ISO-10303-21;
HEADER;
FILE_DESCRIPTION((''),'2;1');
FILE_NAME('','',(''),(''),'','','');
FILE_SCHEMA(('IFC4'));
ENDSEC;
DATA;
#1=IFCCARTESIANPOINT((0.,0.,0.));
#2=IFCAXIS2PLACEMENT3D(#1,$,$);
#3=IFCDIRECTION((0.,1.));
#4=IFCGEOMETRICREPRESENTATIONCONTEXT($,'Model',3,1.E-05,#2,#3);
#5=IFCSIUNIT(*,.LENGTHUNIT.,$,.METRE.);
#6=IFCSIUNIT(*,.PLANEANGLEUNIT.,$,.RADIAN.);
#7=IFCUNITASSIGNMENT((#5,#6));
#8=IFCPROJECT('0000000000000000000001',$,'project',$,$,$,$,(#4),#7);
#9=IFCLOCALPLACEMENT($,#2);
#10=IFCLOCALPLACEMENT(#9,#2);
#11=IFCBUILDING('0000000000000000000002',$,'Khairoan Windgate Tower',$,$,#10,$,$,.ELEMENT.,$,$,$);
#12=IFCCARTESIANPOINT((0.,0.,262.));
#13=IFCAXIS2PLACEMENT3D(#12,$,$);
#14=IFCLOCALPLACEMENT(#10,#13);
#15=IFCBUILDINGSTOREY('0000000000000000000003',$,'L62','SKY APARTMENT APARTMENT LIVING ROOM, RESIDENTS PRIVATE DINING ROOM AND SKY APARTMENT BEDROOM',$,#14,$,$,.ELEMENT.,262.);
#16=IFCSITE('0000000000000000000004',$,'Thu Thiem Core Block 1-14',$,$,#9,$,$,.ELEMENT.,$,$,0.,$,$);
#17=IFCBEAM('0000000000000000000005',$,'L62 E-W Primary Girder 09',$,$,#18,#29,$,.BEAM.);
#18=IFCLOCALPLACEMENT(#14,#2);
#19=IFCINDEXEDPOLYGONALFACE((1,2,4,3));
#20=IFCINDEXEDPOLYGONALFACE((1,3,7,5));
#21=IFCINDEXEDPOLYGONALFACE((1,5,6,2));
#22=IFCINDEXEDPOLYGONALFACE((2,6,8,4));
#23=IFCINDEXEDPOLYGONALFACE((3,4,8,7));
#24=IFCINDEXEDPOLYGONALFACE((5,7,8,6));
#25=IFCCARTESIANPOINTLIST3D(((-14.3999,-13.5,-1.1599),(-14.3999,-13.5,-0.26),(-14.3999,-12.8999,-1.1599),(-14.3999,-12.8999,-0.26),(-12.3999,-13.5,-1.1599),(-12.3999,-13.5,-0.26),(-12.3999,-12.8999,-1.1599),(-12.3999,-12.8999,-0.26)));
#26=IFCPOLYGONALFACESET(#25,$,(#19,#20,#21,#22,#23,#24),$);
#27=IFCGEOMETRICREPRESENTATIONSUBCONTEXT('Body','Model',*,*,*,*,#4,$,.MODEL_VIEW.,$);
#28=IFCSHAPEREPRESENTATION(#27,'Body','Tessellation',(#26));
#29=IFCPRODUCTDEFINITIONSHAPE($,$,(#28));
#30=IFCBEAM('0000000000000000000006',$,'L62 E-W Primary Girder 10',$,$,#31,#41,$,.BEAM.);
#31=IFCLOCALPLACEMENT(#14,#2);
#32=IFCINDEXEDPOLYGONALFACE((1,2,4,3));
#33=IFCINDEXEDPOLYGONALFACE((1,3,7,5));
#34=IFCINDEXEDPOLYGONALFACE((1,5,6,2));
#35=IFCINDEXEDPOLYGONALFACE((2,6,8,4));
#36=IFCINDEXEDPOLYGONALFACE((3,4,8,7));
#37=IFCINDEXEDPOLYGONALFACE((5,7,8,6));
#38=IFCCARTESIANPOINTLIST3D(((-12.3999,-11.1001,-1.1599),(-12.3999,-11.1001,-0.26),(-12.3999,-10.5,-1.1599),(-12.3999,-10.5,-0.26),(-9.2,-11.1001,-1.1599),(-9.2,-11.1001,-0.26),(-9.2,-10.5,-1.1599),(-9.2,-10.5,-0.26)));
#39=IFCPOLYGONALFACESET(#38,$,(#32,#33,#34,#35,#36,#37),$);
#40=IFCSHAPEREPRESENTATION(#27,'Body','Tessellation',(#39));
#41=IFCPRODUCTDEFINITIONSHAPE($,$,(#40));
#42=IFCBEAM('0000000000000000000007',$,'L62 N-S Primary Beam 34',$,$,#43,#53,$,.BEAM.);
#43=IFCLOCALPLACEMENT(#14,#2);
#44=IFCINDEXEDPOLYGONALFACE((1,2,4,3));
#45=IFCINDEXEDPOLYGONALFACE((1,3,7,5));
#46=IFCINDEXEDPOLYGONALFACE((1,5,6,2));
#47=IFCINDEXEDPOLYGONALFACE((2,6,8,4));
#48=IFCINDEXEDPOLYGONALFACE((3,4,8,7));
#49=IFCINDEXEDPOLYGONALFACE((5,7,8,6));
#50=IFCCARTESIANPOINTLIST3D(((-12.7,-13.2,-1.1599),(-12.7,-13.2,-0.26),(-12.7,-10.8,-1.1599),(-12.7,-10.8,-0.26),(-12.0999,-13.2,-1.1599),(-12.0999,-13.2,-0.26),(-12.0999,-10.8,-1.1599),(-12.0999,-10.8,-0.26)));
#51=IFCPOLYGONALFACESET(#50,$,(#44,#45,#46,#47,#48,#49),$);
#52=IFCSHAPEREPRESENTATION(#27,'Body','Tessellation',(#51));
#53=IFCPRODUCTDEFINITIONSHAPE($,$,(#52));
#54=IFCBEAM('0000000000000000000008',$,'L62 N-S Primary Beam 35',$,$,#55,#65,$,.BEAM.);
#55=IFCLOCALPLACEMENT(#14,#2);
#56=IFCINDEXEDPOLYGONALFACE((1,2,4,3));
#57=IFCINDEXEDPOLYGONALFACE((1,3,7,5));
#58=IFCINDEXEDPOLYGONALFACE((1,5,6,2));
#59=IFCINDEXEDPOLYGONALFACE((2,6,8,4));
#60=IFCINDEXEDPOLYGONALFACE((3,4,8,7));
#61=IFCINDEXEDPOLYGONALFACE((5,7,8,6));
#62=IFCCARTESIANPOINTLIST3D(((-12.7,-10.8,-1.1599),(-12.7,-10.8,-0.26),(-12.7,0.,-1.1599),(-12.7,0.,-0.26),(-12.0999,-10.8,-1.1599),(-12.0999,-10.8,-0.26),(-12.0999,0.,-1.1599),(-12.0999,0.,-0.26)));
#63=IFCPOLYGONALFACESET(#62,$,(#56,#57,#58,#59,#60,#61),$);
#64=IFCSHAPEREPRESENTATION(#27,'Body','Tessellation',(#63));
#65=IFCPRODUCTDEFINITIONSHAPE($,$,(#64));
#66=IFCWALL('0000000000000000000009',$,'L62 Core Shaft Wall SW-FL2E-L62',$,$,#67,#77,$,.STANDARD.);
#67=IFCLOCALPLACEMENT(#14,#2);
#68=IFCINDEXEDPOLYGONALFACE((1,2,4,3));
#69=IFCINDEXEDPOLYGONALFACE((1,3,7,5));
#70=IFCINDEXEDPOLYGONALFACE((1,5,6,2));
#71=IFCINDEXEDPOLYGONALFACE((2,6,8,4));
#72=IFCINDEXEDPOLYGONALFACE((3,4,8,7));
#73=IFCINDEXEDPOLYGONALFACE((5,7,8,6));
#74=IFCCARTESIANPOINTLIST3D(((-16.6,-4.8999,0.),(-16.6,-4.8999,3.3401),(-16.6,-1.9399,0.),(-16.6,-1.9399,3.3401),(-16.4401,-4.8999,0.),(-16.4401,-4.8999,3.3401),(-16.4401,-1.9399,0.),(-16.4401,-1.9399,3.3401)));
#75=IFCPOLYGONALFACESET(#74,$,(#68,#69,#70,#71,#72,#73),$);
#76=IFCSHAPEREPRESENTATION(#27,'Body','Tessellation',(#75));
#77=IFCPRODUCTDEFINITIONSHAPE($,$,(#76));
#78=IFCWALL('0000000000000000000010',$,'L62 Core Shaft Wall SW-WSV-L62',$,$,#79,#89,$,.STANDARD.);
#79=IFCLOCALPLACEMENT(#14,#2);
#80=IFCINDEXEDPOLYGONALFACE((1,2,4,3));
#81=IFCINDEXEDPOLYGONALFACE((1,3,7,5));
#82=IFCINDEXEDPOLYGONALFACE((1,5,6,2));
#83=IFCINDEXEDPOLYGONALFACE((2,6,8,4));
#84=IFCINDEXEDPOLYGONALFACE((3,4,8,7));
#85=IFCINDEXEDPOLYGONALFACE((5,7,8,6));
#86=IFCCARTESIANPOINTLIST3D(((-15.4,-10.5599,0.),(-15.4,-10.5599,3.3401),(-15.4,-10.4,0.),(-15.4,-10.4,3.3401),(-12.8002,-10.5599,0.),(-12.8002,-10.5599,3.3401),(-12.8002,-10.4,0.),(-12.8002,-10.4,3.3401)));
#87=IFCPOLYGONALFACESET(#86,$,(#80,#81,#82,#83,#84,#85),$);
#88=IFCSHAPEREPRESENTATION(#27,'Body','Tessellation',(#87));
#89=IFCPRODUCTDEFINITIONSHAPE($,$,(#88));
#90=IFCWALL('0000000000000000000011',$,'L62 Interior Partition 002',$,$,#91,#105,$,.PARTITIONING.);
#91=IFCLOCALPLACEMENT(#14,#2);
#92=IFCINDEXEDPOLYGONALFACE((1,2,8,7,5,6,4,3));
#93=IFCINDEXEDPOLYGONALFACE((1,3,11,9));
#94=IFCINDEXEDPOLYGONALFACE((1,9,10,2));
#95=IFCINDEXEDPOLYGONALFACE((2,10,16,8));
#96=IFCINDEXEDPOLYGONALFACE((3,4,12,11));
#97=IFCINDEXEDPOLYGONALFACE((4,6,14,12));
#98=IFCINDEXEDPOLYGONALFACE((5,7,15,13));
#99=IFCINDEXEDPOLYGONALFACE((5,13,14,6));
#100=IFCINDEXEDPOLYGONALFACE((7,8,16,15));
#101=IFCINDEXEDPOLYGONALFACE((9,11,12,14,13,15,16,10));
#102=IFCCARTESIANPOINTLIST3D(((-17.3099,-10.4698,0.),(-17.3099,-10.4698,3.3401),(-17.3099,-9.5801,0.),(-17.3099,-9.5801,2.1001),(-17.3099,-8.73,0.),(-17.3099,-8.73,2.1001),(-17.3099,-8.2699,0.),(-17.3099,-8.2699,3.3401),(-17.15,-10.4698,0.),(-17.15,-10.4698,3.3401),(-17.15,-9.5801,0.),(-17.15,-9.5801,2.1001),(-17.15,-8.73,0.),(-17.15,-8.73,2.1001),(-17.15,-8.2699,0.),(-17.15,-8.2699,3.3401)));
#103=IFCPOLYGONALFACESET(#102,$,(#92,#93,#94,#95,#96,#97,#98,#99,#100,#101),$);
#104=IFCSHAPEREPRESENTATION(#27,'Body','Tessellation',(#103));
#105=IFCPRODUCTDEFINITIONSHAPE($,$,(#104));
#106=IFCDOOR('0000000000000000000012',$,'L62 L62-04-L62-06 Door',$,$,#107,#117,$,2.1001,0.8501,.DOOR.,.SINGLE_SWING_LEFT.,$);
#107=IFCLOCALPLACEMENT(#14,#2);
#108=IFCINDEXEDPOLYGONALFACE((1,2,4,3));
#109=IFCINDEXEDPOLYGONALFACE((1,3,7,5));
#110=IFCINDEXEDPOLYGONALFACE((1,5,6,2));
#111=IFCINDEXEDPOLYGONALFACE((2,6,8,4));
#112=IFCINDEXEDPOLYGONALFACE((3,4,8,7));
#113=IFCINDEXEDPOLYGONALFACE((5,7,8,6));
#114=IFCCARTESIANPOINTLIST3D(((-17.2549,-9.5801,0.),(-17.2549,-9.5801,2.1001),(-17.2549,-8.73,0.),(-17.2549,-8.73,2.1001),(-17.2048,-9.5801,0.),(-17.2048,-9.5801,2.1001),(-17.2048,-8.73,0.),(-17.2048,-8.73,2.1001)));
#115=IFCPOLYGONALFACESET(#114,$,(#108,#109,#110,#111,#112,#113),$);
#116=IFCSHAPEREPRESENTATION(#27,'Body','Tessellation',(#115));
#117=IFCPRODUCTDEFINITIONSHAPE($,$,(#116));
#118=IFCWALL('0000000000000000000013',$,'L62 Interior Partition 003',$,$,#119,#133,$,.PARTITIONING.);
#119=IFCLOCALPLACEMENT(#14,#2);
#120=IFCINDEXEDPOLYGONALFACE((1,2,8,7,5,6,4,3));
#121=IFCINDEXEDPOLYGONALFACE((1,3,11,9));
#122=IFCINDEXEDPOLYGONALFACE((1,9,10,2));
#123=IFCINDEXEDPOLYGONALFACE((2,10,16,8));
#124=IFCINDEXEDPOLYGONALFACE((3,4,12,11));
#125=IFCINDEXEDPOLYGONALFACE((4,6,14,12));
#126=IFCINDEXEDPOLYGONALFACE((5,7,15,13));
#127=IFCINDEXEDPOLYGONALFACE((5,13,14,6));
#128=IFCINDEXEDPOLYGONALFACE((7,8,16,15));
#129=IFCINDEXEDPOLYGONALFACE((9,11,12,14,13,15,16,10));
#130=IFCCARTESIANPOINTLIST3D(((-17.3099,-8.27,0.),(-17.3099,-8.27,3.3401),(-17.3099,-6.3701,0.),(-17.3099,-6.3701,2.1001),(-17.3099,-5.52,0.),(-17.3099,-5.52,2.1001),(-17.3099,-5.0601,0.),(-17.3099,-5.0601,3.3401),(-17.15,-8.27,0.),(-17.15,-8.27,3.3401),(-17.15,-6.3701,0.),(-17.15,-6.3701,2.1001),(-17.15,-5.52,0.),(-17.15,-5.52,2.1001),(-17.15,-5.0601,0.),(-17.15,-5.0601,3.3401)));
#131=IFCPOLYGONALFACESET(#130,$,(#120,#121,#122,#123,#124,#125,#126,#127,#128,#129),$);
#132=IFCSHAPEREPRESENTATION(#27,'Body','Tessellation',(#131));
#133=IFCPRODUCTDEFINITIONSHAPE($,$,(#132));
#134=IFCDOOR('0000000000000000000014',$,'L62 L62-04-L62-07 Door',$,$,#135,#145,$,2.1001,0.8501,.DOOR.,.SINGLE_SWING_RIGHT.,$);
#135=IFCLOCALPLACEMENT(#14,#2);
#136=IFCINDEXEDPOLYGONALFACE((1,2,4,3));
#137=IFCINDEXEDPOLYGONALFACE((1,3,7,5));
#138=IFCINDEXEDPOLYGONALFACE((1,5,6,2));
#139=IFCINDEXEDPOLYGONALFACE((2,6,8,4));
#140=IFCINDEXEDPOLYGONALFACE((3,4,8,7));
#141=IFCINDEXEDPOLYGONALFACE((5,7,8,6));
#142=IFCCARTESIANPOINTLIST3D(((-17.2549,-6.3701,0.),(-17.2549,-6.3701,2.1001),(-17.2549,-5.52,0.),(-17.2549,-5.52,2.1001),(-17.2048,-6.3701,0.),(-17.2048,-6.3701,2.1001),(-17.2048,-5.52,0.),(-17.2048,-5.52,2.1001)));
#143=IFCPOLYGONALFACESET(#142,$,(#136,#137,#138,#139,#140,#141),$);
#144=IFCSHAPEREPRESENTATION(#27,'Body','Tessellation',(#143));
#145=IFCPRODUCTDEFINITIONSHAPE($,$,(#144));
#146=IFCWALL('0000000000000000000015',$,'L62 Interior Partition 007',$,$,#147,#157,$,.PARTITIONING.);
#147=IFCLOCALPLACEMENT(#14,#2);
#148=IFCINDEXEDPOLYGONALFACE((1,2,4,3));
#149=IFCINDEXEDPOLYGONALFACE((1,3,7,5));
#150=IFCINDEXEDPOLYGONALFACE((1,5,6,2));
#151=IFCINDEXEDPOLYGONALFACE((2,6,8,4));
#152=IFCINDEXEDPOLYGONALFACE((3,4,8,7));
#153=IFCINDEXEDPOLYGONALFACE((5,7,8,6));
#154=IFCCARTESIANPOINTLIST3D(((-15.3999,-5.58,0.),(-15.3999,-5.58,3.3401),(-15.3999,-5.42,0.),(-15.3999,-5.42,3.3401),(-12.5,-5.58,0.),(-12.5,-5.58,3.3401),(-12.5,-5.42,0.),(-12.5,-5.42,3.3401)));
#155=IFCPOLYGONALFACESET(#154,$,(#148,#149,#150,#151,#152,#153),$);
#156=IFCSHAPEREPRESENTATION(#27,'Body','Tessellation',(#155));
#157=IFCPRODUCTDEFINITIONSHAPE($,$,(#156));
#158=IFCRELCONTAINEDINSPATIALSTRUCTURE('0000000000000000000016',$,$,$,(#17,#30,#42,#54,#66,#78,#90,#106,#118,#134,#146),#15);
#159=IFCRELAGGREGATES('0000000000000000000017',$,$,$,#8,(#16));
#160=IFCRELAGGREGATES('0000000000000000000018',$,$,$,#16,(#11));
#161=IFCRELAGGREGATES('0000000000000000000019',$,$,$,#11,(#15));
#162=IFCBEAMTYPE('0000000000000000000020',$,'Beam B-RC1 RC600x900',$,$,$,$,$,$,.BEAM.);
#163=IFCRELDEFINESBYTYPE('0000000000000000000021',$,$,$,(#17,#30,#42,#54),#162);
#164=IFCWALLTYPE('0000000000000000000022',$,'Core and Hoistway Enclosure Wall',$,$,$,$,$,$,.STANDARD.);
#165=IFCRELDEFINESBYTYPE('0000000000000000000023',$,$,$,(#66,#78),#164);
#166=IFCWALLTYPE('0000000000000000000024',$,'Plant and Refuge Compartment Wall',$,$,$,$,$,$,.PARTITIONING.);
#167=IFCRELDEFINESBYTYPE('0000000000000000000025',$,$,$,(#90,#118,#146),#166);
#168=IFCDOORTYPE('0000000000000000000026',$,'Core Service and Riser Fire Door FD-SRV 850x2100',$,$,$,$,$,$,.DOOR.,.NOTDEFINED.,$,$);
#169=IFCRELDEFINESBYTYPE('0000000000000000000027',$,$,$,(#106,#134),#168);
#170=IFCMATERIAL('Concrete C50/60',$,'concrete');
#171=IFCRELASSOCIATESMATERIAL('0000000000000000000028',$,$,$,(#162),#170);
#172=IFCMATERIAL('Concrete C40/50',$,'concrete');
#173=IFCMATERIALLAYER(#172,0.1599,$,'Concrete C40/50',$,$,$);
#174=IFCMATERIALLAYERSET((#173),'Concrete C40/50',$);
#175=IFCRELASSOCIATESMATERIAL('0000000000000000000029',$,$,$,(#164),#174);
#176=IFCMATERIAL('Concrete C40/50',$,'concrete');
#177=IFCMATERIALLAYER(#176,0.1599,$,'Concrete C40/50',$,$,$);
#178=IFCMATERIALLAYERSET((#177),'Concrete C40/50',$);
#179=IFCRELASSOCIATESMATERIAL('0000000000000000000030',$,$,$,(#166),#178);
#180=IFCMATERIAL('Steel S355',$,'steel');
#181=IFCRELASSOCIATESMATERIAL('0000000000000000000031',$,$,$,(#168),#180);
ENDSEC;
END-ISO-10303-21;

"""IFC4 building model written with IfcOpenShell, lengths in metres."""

from ifc_helpers import new_model, si_unit, direction, frame, frame_2d, origin, origin_2d, place, context, subcontext, project, spatial, rectangle, extrude, material, layer, layer_set, material_profile, profile_set, type_object, element, fill, save


model = new_model("IFC4")

# Units and contexts
model_context = context("Model", 3, precision=1e-05, world=origin(), true_north=direction((0.0, 1.0)))
body_context = subcontext(model_context, "Body", "Model", "MODEL_VIEW")
ifc_project = project(units=[si_unit("LENGTHUNIT", "METRE"), si_unit("PLANEANGLEUNIT", "RADIAN")], contexts=[model_context])

# Site, building, storey
site_placement = place(None, origin())
site = spatial("IfcSite", under=ifc_project, at=site_placement, Name="Thu Thiem Core Block 1-14", CompositionType="ELEMENT", RefElevation=0.0)
building_placement = place(site_placement, origin())
building = spatial("IfcBuilding", under=site, at=building_placement, Name="Khairoan Windgate Tower", CompositionType="ELEMENT")
storey_placement = place(building_placement, frame((0.0, 0.0, 262.0)))
storey = spatial("IfcBuildingStorey", under=building, at=storey_placement, Name="L62", Description="SKY APARTMENT APARTMENT LIVING ROOM, RESIDENTS PRIVATE DINING ROOM AND SKY APARTMENT BEDROOM", CompositionType="ELEMENT", Elevation=262.0)

# Beams
ifc_material_1 = material(Name="Concrete C50/60", Category="concrete")
ifc_material_profile = material_profile(ifc_material_1, rectangle(XDim=0.6001, YDim=0.8999, at=origin_2d()))
ifc_profile_set = profile_set([ifc_material_profile], Name="Concrete C50/60")
beam_type = type_object("IfcBeamType", Name="Beam B-RC1 RC600x900", PredefinedType="BEAM", material=ifc_profile_set)
beam_1_placement = place(storey_placement, frame((-14.3999, -13.2, -0.71), z_axis=(1.0, 0.0, 0.0), x_axis=(0.0, 1.0, 0.0)))
element("IfcBeam", 1, at=beam_1_placement, inside=storey, type_object=beam_type, Name="L62 E-W Primary Girder 09", PredefinedType="BEAM", context=body_context, shape_type="SweptSolid", body=[
    extrude(rectangle(XDim=0.6001, YDim=0.8999, at=origin_2d()), origin(), (0.0, 0.0, 1.0), 2.0),
])
beam_2_placement = place(storey_placement, frame((-12.3999, -10.8, -0.71), z_axis=(1.0, 0.0, 0.0), x_axis=(0.0, 1.0, 0.0)))
element("IfcBeam", 2, at=beam_2_placement, inside=storey, type_object=beam_type, Name="L62 E-W Primary Girder 10", PredefinedType="BEAM", context=body_context, shape_type="SweptSolid", body=[
    extrude(rectangle(XDim=0.6001, YDim=0.8999, at=origin_2d()), origin(), (0.0, 0.0, 1.0), 3.2),
])
beam_3_placement = place(storey_placement, frame((-12.3999, -13.2, -0.71), z_axis=(0.0, 1.0, 0.0), x_axis=(-1.0, 0.0, 0.0)))
element("IfcBeam", 3, at=beam_3_placement, inside=storey, type_object=beam_type, Name="L62 N-S Primary Beam 34", PredefinedType="BEAM", context=body_context, shape_type="SweptSolid", body=[
    extrude(rectangle(XDim=0.6001, YDim=0.8999, at=origin_2d()), origin(), (0.0, 0.0, 1.0), 2.3999),
])
beam_4_placement = place(storey_placement, frame((-12.3999, -10.8, -0.71), z_axis=(0.0, 1.0, 0.0), x_axis=(-1.0, 0.0, 0.0)))
element("IfcBeam", 4, at=beam_4_placement, inside=storey, type_object=beam_type, Name="L62 N-S Primary Beam 35", PredefinedType="BEAM", context=body_context, shape_type="SweptSolid", body=[
    extrude(rectangle(XDim=0.6001, YDim=0.8999, at=origin_2d()), origin(), (0.0, 0.0, 1.0), 10.8),
])

# Walls
ifc_material_2 = material(Name="Concrete C40/50", Category="concrete")
ifc_layer_1 = layer(ifc_material_2, 0.1599, Name="Concrete C40/50")
ifc_layer_set_1 = layer_set([ifc_layer_1], Name="Concrete C40/50")
wall_type_1 = type_object("IfcWallType", Name="Core and Hoistway Enclosure Wall", PredefinedType="STANDARD", material=ifc_layer_set_1)
wall_1_placement = place(storey_placement, frame((-16.52, -4.8999, 0.0), z_axis=(0.0, 0.0, 1.0), x_axis=(0.0, 1.0, 0.0)))
element("IfcWall", 5, at=wall_1_placement, inside=storey, type_object=wall_type_1, Name="L62 Core Shaft Wall SW-FL2E-L62", PredefinedType="STANDARD", context=body_context, shape_type="SweptSolid", body=[
    extrude(rectangle(XDim=2.96, YDim=0.1599, at=frame_2d((1.48, 0.0))), origin(), (0.0, 0.0, 1.0), 3.3401),
])
wall_2_placement = place(storey_placement, frame((-15.3999, -10.48, 0.0), z_axis=(0.0, 0.0, 1.0), x_axis=(1.0, 0.0, 0.0)))
element("IfcWall", 6, at=wall_2_placement, inside=storey, type_object=wall_type_1, Name="L62 Core Shaft Wall SW-WSV-L62", PredefinedType="STANDARD", context=body_context, shape_type="SweptSolid", body=[
    extrude(rectangle(XDim=2.5999, YDim=0.1599, at=frame_2d((1.2998, 0.0))), origin(), (0.0, 0.0, 1.0), 3.3401),
])

# Walls, openings, doors
ifc_material_3 = material(Name="Concrete C40/50", Category="concrete")
ifc_layer_2 = layer(ifc_material_3, 0.1599, Name="Concrete C40/50")
ifc_layer_set_2 = layer_set([ifc_layer_2], Name="Concrete C40/50")
wall_type_2 = type_object("IfcWallType", Name="Plant and Refuge Compartment Wall", PredefinedType="PARTITIONING", material=ifc_layer_set_2)
wall_3_placement = place(storey_placement, frame((-17.23, -10.47, 0.0), z_axis=(0.0, 0.0, 1.0), x_axis=(0.0, 1.0, 0.0)))
wall_3 = element("IfcWall", 7, at=wall_3_placement, inside=storey, type_object=wall_type_2, Name="L62 Interior Partition 002", PredefinedType="PARTITIONING", context=body_context, shape_type="SweptSolid", body=[
    extrude(rectangle(XDim=2.2, YDim=0.1599, at=frame_2d((1.1001, 0.0))), origin(), (0.0, 0.0, 1.0), 3.3401),
])
opening_1_placement = place(wall_3_placement, frame((0.8899, 0.0, 0.0)))
opening_1 = element("IfcOpeningElement", 8, at=opening_1_placement, cuts=wall_3, PredefinedType="OPENING", context=body_context, shape_type="SweptSolid", body=[
    extrude(rectangle(XDim=0.8501, YDim=2.1001, at=frame_2d((0.425, 1.05))), frame((0.0, 0.0898, 0.0), z_axis=(0.0, -1.0, 0.0), x_axis=(1.0, 0.0, 0.0)), (0.0, 0.0, 1.0), 0.1799),
])
ifc_material_4 = material(Name="Steel S355", Category="steel")
door_type_1 = type_object("IfcDoorType", Name="Core Service and Riser Fire Door FD-SRV 850x2100", OperationType="NOTDEFINED", PredefinedType="DOOR", material=ifc_material_4)
door_1_placement = place(opening_1_placement, origin())
door_1 = element("IfcDoor", 9, at=door_1_placement, inside=storey, type_object=door_type_1, Name="L62 L62-04-L62-06 Door", OperationType="SINGLE_SWING_LEFT", OverallHeight=2.1001, OverallWidth=0.8501, PredefinedType="DOOR", context=body_context, shape_type="SweptSolid", body=[
    extrude(rectangle(XDim=0.8501, YDim=2.1001, at=frame_2d((0.425, 1.05))), frame((0.0, 0.0249, 0.0), z_axis=(0.0, -1.0, 0.0), x_axis=(1.0, 0.0, 0.0)), (0.0, 0.0, 1.0), 0.05),
])
fill(opening_1, door_1)
wall_4_placement = place(storey_placement, frame((-17.23, -8.27, 0.0), z_axis=(0.0, 0.0, 1.0), x_axis=(0.0, 1.0, 0.0)))
wall_4 = element("IfcWall", 10, at=wall_4_placement, inside=storey, type_object=wall_type_2, Name="L62 Interior Partition 003", PredefinedType="PARTITIONING", context=body_context, shape_type="SweptSolid", body=[
    extrude(rectangle(XDim=3.21, YDim=0.1599, at=frame_2d((1.605, 0.0))), origin(), (0.0, 0.0, 1.0), 3.3401),
])
opening_2_placement = place(wall_4_placement, frame((1.8999, 0.0, 0.0)))
opening_2 = element("IfcOpeningElement", 11, at=opening_2_placement, cuts=wall_4, PredefinedType="OPENING", context=body_context, shape_type="SweptSolid", body=[
    extrude(rectangle(XDim=0.8501, YDim=2.1001, at=frame_2d((0.425, 1.05))), frame((0.0, 0.0898, 0.0), z_axis=(0.0, -1.0, 0.0), x_axis=(1.0, 0.0, 0.0)), (0.0, 0.0, 1.0), 0.1799),
])
door_2_placement = place(opening_2_placement, origin())
door_2 = element("IfcDoor", 12, at=door_2_placement, inside=storey, type_object=door_type_1, Name="L62 L62-04-L62-07 Door", OperationType="SINGLE_SWING_RIGHT", OverallHeight=2.1001, OverallWidth=0.8501, PredefinedType="DOOR", context=body_context, shape_type="SweptSolid", body=[
    extrude(rectangle(XDim=0.8501, YDim=2.1001, at=frame_2d((0.425, 1.05))), frame((0.0, 0.0249, 0.0), z_axis=(0.0, -1.0, 0.0), x_axis=(1.0, 0.0, 0.0)), (0.0, 0.0, 1.0), 0.05),
])
fill(opening_2, door_2)

# Wall
wall_5_placement = place(storey_placement, frame((-15.3999, -5.5, 0.0), z_axis=(0.0, 0.0, 1.0), x_axis=(1.0, 0.0, 0.0)))
element("IfcWall", 13, at=wall_5_placement, inside=storey, type_object=wall_type_2, Name="L62 Interior Partition 007", PredefinedType="PARTITIONING", context=body_context, shape_type="SweptSolid", body=[
    extrude(rectangle(XDim=2.8999, YDim=0.1599, at=frame_2d((1.45, 0.0))), origin(), (0.0, 0.0, 1.0), 3.3401),
])

save(model, "model.ifc")
